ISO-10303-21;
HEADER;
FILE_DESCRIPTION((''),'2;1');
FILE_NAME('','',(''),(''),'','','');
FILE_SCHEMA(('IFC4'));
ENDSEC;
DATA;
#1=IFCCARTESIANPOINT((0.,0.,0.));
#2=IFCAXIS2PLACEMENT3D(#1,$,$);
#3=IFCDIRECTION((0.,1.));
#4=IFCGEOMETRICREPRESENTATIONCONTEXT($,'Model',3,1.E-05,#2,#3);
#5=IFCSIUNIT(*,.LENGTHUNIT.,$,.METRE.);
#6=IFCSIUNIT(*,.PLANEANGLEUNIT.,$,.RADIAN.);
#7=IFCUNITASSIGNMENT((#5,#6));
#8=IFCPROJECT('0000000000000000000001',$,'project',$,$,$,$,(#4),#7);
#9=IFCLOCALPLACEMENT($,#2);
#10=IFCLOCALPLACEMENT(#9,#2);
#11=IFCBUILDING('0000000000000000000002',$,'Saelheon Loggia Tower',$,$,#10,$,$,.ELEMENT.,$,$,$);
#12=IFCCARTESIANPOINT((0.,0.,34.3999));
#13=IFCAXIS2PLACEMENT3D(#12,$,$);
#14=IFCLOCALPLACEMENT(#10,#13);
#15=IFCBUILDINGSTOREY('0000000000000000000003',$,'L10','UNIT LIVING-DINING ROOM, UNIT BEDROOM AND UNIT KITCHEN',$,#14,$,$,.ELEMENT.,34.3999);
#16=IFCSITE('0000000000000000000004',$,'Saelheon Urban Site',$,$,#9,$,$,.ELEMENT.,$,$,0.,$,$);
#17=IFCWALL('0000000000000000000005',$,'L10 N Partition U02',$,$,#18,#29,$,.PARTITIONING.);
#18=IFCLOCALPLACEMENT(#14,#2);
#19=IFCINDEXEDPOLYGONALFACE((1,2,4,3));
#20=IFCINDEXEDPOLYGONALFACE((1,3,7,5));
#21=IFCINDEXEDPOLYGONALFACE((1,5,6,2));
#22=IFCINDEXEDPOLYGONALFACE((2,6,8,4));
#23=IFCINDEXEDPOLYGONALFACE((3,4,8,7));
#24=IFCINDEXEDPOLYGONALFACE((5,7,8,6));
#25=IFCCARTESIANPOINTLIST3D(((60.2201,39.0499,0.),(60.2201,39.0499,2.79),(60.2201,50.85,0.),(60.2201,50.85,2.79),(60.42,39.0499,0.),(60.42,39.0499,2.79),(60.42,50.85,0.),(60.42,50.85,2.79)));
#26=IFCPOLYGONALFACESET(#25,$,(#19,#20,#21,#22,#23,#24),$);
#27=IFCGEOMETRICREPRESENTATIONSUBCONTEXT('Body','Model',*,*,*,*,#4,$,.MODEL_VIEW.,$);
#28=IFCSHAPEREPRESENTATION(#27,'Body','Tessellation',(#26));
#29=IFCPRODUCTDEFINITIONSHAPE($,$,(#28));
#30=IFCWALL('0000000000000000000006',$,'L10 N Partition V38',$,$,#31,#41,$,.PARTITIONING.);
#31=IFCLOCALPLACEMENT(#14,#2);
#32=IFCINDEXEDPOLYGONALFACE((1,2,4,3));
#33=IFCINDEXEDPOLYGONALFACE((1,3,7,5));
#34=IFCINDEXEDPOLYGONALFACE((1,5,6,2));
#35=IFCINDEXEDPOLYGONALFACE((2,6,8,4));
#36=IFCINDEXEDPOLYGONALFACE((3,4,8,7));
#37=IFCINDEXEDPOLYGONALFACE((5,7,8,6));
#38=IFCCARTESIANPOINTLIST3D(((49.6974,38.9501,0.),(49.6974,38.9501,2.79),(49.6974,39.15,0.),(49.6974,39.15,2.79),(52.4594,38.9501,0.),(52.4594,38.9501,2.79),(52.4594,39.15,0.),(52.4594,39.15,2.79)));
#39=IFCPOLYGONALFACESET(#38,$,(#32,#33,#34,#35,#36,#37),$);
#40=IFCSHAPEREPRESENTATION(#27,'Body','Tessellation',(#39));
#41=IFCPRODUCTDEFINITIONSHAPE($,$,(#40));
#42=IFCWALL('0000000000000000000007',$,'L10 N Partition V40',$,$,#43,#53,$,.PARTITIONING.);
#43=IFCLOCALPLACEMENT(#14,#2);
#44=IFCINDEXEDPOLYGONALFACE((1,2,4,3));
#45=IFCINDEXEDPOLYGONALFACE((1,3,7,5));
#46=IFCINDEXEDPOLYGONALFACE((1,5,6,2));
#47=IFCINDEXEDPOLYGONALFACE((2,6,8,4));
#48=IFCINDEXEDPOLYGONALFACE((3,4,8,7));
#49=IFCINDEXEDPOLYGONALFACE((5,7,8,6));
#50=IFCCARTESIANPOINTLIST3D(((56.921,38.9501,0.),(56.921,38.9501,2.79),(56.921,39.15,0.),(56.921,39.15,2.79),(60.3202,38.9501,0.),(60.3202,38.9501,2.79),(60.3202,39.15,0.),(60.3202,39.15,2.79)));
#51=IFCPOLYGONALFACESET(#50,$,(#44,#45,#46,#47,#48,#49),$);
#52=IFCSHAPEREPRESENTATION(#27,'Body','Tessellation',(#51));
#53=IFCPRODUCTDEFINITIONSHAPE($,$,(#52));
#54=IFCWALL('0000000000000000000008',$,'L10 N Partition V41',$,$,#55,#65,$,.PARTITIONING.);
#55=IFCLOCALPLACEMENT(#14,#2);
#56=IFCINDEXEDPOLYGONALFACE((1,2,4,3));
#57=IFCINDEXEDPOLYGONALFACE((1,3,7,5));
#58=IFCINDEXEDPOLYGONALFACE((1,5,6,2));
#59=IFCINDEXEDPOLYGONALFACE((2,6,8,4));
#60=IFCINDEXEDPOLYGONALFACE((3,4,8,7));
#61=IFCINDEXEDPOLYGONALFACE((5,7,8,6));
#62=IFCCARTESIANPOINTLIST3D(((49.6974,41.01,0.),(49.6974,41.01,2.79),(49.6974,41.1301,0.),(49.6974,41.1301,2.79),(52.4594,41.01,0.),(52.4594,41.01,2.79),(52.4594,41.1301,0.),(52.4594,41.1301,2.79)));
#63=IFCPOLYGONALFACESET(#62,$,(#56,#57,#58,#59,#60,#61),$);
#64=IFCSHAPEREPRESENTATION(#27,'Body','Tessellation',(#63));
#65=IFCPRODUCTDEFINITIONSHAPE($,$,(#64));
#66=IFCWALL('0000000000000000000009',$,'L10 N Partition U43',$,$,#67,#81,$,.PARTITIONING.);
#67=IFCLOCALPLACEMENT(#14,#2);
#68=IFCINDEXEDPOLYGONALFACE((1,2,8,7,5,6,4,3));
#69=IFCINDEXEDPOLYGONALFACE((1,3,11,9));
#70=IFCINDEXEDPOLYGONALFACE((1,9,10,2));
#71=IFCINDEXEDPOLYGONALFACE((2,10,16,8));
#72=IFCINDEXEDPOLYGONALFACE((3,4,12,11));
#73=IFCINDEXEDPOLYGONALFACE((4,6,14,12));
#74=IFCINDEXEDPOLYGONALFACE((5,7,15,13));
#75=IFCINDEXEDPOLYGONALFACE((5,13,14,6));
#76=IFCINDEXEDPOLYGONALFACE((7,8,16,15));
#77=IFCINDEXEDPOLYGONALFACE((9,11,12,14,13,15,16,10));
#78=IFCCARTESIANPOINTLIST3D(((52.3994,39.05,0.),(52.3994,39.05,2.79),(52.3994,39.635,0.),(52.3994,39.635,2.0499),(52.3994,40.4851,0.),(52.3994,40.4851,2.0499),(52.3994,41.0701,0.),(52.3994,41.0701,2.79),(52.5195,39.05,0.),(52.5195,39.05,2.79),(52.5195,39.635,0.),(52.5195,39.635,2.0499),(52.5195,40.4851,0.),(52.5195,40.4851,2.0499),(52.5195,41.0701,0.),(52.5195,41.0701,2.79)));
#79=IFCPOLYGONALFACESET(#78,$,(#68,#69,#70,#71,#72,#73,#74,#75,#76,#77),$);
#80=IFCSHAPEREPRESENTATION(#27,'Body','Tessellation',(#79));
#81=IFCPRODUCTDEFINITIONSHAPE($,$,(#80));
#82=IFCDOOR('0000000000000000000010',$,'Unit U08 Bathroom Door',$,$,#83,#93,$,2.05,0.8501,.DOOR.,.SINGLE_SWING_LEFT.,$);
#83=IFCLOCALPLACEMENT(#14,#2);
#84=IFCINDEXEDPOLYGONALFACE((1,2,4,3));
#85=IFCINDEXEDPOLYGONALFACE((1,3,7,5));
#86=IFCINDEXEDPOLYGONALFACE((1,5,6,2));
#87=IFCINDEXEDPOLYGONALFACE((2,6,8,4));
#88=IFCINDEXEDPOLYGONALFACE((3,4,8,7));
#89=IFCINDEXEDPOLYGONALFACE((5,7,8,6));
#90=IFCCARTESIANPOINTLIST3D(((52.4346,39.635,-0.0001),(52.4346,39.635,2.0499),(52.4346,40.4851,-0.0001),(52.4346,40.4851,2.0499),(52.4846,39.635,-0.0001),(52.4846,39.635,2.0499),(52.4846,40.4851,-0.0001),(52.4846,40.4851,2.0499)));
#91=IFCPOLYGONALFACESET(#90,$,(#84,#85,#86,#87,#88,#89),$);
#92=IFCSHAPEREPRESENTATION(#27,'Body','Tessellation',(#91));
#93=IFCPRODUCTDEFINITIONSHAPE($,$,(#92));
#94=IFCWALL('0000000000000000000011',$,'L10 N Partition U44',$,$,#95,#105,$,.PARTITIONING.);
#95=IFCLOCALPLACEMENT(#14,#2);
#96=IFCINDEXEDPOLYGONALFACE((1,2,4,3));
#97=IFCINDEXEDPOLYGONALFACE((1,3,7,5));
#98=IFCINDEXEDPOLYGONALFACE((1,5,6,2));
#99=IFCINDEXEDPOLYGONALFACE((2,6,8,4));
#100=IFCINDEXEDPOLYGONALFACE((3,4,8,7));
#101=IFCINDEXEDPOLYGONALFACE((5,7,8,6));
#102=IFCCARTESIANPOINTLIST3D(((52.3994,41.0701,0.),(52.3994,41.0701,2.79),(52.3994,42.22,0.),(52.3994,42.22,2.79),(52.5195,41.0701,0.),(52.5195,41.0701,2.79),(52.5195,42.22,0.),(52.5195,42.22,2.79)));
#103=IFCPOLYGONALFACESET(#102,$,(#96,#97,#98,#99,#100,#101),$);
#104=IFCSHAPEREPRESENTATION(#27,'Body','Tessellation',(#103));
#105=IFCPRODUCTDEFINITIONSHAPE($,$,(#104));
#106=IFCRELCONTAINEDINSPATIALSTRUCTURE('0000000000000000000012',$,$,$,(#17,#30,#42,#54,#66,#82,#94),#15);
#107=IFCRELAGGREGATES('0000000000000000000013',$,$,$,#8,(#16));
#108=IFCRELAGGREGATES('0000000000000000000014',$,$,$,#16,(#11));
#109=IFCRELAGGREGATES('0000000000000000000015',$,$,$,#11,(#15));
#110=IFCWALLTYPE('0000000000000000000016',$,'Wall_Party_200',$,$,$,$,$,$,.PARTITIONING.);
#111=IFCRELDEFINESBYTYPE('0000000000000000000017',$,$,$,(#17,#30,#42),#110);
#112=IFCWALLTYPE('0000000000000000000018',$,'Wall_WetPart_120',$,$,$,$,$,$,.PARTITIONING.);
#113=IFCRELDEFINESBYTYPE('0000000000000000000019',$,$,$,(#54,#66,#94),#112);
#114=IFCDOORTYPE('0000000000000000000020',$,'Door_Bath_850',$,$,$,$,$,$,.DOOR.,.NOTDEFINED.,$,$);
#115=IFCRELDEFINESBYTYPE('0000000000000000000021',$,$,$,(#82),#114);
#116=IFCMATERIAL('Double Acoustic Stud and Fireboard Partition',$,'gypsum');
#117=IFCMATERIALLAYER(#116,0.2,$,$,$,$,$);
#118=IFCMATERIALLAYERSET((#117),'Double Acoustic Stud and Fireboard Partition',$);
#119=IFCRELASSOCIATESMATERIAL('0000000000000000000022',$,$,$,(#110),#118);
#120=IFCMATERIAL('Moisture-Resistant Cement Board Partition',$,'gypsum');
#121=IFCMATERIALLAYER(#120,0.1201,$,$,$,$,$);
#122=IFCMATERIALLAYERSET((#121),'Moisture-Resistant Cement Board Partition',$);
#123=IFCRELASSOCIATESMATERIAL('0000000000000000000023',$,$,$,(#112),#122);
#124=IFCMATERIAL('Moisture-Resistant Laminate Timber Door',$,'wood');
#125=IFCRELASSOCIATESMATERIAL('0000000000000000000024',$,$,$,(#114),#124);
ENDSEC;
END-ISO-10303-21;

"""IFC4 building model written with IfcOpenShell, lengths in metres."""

from ifc_helpers import new_model, si_unit, direction, frame, frame_2d, origin, place, context, subcontext, project, spatial, rectangle, extrude, source, transform, mapped, material, layer, layer_set, type_object, element, fill, save


model = new_model("IFC4")

# Units and contexts
model_context = context("Model", 3, precision=1e-05, world=origin(), true_north=direction((0.0, 1.0)))
body_context = subcontext(model_context, "Body", "Model", "MODEL_VIEW")
ifc_project = project(units=[si_unit("LENGTHUNIT", "METRE"), si_unit("PLANEANGLEUNIT", "RADIAN")], contexts=[model_context])

# Site, building, storey
site_placement = place(None, origin())
site = spatial("IfcSite", under=ifc_project, at=site_placement, Name="Saelheon Urban Site", CompositionType="ELEMENT", RefElevation=0.0)
building_placement = place(site_placement, origin())
building = spatial("IfcBuilding", under=site, at=building_placement, Name="Saelheon Loggia Tower", CompositionType="ELEMENT")
storey_placement = place(building_placement, frame((0.0, 0.0, 34.3999)))
storey = spatial("IfcBuildingStorey", under=building, at=storey_placement, Name="L10", Description="UNIT LIVING-DINING ROOM, UNIT BEDROOM AND UNIT KITCHEN", CompositionType="ELEMENT", Elevation=34.3999)

# Walls
ifc_material_1 = material(Name="Double Acoustic Stud and Fireboard Partition", Category="gypsum")
ifc_layer_1 = layer(ifc_material_1, 0.2)
ifc_layer_set_1 = layer_set([ifc_layer_1], Name="Double Acoustic Stud and Fireboard Partition")
wall_type_1 = type_object("IfcWallType", Name="Wall_Party_200", PredefinedType="PARTITIONING", material=ifc_layer_set_1)
wall_1_placement = place(storey_placement, frame((60.3201, 39.05, 0.0), z_axis=(0.0, 0.0, 1.0), x_axis=(0.0, 1.0, 0.0)))
element("IfcWall", 1, at=wall_1_placement, inside=storey, type_object=wall_type_1, Name="L10 N Partition U02", PredefinedType="PARTITIONING", context=body_context, shape_type="SweptSolid", body=[
    extrude(rectangle(XDim=11.8, YDim=0.2, at=frame_2d((5.8999, 0.0))), origin(), (0.0, 0.0, 1.0), 2.79),
])
wall_2_placement = place(storey_placement, frame((49.6975, 39.05, 0.0), z_axis=(0.0, 0.0, 1.0), x_axis=(1.0, 0.0, 0.0)))
element("IfcWall", 2, at=wall_2_placement, inside=storey, type_object=wall_type_1, Name="L10 N Partition V38", PredefinedType="PARTITIONING", context=body_context, shape_type="SweptSolid", body=[
    extrude(rectangle(XDim=2.762, YDim=0.2, at=frame_2d((1.3809, 0.0))), origin(), (0.0, 0.0, 1.0), 2.79),
])

# Walls
wall_3_placement = place(storey_placement, frame((56.9209, 39.05, 0.0), z_axis=(0.0, 0.0, 1.0), x_axis=(1.0, 0.0, 0.0)))
element("IfcWall", 3, at=wall_3_placement, inside=storey, type_object=wall_type_1, Name="L10 N Partition V40", PredefinedType="PARTITIONING", context=body_context, shape_type="SweptSolid", body=[
    extrude(rectangle(XDim=3.3992, YDim=0.2, at=frame_2d((1.6997, 0.0))), origin(), (0.0, 0.0, 1.0), 2.79),
])
ifc_material_2 = material(Name="Moisture-Resistant Cement Board Partition", Category="gypsum")
ifc_layer_2 = layer(ifc_material_2, 0.1201)
ifc_layer_set_2 = layer_set([ifc_layer_2], Name="Moisture-Resistant Cement Board Partition")
wall_type_2 = type_object("IfcWallType", Name="Wall_WetPart_120", PredefinedType="PARTITIONING", material=ifc_layer_set_2)
wall_4_placement = place(storey_placement, frame((49.6975, 41.0701, 0.0), z_axis=(0.0, 0.0, 1.0), x_axis=(1.0, 0.0, 0.0)))
element("IfcWall", 4, at=wall_4_placement, inside=storey, type_object=wall_type_2, Name="L10 N Partition V41", PredefinedType="PARTITIONING", context=body_context, shape_type="SweptSolid", body=[
    extrude(rectangle(XDim=2.762, YDim=0.1201, at=frame_2d((1.3809, 0.0))), origin(), (0.0, 0.0, 1.0), 2.79),
])

# Wall, opening, door
wall_5_placement = place(storey_placement, frame((52.4595, 39.05, 0.0), z_axis=(0.0, 0.0, 1.0), x_axis=(0.0, 1.0, 0.0)))
wall_5 = element("IfcWall", 5, at=wall_5_placement, inside=storey, type_object=wall_type_2, Name="L10 N Partition U43", PredefinedType="PARTITIONING", context=body_context, shape_type="SweptSolid", body=[
    extrude(rectangle(XDim=2.02, YDim=0.1201, at=frame_2d((1.01, 0.0))), origin(), (0.0, 0.0, 1.0), 2.79),
])
opening_1_placement = place(wall_5_placement, frame((0.585, 0.0, 0.0)))
opening_1 = element("IfcOpeningElement", 6, at=opening_1_placement, cuts=wall_5, PredefinedType="OPENING", context=body_context, shape_type="SweptSolid", body=[
    extrude(rectangle(XDim=0.8501, YDim=2.05, at=frame_2d((0.425, 1.0249))), frame((0.0, 0.072, 0.0), z_axis=(0.0, -1.0, 0.0), x_axis=(1.0, 0.0, 0.0)), (0.0, 0.0, 1.0), 0.144),
])
ifc_material_3 = material(Name="Moisture-Resistant Laminate Timber Door", Category="wood")
door_type_1 = type_object("IfcDoorType", Name="Door_Bath_850", OperationType="NOTDEFINED", PredefinedType="DOOR", material=ifc_material_3)
shared_shape_1 = source(origin(), body_context, "Body", "SweptSolid", [
    extrude(rectangle(XDim=0.8501, YDim=2.05, at=frame_2d((0.425, 1.0249))), frame((0.0, 0.0249, 0.0), z_axis=(0.0, -1.0, 0.0), x_axis=(1.0, 0.0, 0.0)), (0.0, 0.0, 1.0), 0.05),
])
door_1_placement = place(opening_1_placement, origin())
door_1 = element("IfcDoor", 7, at=door_1_placement, inside=storey, type_object=door_type_1, Name="Unit U08 Bathroom Door", OperationType="SINGLE_SWING_LEFT", OverallHeight=2.05, OverallWidth=0.8501, PredefinedType="DOOR", context=body_context, shape_type="MappedRepresentation", body=[
    mapped(shared_shape_1, transform((0.0, 0.0, 0.0), scale=1.0)),
])
fill(opening_1, door_1)

# Wall
wall_6_placement = place(storey_placement, frame((52.4595, 41.0701, 0.0), z_axis=(0.0, 0.0, 1.0), x_axis=(0.0, 1.0, 0.0)))
element("IfcWall", 8, at=wall_6_placement, inside=storey, type_object=wall_type_2, Name="L10 N Partition U44", PredefinedType="PARTITIONING", context=body_context, shape_type="SweptSolid", body=[
    extrude(rectangle(XDim=1.1499, YDim=0.1201, at=frame_2d((0.575, 0.0))), origin(), (0.0, 0.0, 1.0), 2.79),
])

save(model, "model.ifc")
